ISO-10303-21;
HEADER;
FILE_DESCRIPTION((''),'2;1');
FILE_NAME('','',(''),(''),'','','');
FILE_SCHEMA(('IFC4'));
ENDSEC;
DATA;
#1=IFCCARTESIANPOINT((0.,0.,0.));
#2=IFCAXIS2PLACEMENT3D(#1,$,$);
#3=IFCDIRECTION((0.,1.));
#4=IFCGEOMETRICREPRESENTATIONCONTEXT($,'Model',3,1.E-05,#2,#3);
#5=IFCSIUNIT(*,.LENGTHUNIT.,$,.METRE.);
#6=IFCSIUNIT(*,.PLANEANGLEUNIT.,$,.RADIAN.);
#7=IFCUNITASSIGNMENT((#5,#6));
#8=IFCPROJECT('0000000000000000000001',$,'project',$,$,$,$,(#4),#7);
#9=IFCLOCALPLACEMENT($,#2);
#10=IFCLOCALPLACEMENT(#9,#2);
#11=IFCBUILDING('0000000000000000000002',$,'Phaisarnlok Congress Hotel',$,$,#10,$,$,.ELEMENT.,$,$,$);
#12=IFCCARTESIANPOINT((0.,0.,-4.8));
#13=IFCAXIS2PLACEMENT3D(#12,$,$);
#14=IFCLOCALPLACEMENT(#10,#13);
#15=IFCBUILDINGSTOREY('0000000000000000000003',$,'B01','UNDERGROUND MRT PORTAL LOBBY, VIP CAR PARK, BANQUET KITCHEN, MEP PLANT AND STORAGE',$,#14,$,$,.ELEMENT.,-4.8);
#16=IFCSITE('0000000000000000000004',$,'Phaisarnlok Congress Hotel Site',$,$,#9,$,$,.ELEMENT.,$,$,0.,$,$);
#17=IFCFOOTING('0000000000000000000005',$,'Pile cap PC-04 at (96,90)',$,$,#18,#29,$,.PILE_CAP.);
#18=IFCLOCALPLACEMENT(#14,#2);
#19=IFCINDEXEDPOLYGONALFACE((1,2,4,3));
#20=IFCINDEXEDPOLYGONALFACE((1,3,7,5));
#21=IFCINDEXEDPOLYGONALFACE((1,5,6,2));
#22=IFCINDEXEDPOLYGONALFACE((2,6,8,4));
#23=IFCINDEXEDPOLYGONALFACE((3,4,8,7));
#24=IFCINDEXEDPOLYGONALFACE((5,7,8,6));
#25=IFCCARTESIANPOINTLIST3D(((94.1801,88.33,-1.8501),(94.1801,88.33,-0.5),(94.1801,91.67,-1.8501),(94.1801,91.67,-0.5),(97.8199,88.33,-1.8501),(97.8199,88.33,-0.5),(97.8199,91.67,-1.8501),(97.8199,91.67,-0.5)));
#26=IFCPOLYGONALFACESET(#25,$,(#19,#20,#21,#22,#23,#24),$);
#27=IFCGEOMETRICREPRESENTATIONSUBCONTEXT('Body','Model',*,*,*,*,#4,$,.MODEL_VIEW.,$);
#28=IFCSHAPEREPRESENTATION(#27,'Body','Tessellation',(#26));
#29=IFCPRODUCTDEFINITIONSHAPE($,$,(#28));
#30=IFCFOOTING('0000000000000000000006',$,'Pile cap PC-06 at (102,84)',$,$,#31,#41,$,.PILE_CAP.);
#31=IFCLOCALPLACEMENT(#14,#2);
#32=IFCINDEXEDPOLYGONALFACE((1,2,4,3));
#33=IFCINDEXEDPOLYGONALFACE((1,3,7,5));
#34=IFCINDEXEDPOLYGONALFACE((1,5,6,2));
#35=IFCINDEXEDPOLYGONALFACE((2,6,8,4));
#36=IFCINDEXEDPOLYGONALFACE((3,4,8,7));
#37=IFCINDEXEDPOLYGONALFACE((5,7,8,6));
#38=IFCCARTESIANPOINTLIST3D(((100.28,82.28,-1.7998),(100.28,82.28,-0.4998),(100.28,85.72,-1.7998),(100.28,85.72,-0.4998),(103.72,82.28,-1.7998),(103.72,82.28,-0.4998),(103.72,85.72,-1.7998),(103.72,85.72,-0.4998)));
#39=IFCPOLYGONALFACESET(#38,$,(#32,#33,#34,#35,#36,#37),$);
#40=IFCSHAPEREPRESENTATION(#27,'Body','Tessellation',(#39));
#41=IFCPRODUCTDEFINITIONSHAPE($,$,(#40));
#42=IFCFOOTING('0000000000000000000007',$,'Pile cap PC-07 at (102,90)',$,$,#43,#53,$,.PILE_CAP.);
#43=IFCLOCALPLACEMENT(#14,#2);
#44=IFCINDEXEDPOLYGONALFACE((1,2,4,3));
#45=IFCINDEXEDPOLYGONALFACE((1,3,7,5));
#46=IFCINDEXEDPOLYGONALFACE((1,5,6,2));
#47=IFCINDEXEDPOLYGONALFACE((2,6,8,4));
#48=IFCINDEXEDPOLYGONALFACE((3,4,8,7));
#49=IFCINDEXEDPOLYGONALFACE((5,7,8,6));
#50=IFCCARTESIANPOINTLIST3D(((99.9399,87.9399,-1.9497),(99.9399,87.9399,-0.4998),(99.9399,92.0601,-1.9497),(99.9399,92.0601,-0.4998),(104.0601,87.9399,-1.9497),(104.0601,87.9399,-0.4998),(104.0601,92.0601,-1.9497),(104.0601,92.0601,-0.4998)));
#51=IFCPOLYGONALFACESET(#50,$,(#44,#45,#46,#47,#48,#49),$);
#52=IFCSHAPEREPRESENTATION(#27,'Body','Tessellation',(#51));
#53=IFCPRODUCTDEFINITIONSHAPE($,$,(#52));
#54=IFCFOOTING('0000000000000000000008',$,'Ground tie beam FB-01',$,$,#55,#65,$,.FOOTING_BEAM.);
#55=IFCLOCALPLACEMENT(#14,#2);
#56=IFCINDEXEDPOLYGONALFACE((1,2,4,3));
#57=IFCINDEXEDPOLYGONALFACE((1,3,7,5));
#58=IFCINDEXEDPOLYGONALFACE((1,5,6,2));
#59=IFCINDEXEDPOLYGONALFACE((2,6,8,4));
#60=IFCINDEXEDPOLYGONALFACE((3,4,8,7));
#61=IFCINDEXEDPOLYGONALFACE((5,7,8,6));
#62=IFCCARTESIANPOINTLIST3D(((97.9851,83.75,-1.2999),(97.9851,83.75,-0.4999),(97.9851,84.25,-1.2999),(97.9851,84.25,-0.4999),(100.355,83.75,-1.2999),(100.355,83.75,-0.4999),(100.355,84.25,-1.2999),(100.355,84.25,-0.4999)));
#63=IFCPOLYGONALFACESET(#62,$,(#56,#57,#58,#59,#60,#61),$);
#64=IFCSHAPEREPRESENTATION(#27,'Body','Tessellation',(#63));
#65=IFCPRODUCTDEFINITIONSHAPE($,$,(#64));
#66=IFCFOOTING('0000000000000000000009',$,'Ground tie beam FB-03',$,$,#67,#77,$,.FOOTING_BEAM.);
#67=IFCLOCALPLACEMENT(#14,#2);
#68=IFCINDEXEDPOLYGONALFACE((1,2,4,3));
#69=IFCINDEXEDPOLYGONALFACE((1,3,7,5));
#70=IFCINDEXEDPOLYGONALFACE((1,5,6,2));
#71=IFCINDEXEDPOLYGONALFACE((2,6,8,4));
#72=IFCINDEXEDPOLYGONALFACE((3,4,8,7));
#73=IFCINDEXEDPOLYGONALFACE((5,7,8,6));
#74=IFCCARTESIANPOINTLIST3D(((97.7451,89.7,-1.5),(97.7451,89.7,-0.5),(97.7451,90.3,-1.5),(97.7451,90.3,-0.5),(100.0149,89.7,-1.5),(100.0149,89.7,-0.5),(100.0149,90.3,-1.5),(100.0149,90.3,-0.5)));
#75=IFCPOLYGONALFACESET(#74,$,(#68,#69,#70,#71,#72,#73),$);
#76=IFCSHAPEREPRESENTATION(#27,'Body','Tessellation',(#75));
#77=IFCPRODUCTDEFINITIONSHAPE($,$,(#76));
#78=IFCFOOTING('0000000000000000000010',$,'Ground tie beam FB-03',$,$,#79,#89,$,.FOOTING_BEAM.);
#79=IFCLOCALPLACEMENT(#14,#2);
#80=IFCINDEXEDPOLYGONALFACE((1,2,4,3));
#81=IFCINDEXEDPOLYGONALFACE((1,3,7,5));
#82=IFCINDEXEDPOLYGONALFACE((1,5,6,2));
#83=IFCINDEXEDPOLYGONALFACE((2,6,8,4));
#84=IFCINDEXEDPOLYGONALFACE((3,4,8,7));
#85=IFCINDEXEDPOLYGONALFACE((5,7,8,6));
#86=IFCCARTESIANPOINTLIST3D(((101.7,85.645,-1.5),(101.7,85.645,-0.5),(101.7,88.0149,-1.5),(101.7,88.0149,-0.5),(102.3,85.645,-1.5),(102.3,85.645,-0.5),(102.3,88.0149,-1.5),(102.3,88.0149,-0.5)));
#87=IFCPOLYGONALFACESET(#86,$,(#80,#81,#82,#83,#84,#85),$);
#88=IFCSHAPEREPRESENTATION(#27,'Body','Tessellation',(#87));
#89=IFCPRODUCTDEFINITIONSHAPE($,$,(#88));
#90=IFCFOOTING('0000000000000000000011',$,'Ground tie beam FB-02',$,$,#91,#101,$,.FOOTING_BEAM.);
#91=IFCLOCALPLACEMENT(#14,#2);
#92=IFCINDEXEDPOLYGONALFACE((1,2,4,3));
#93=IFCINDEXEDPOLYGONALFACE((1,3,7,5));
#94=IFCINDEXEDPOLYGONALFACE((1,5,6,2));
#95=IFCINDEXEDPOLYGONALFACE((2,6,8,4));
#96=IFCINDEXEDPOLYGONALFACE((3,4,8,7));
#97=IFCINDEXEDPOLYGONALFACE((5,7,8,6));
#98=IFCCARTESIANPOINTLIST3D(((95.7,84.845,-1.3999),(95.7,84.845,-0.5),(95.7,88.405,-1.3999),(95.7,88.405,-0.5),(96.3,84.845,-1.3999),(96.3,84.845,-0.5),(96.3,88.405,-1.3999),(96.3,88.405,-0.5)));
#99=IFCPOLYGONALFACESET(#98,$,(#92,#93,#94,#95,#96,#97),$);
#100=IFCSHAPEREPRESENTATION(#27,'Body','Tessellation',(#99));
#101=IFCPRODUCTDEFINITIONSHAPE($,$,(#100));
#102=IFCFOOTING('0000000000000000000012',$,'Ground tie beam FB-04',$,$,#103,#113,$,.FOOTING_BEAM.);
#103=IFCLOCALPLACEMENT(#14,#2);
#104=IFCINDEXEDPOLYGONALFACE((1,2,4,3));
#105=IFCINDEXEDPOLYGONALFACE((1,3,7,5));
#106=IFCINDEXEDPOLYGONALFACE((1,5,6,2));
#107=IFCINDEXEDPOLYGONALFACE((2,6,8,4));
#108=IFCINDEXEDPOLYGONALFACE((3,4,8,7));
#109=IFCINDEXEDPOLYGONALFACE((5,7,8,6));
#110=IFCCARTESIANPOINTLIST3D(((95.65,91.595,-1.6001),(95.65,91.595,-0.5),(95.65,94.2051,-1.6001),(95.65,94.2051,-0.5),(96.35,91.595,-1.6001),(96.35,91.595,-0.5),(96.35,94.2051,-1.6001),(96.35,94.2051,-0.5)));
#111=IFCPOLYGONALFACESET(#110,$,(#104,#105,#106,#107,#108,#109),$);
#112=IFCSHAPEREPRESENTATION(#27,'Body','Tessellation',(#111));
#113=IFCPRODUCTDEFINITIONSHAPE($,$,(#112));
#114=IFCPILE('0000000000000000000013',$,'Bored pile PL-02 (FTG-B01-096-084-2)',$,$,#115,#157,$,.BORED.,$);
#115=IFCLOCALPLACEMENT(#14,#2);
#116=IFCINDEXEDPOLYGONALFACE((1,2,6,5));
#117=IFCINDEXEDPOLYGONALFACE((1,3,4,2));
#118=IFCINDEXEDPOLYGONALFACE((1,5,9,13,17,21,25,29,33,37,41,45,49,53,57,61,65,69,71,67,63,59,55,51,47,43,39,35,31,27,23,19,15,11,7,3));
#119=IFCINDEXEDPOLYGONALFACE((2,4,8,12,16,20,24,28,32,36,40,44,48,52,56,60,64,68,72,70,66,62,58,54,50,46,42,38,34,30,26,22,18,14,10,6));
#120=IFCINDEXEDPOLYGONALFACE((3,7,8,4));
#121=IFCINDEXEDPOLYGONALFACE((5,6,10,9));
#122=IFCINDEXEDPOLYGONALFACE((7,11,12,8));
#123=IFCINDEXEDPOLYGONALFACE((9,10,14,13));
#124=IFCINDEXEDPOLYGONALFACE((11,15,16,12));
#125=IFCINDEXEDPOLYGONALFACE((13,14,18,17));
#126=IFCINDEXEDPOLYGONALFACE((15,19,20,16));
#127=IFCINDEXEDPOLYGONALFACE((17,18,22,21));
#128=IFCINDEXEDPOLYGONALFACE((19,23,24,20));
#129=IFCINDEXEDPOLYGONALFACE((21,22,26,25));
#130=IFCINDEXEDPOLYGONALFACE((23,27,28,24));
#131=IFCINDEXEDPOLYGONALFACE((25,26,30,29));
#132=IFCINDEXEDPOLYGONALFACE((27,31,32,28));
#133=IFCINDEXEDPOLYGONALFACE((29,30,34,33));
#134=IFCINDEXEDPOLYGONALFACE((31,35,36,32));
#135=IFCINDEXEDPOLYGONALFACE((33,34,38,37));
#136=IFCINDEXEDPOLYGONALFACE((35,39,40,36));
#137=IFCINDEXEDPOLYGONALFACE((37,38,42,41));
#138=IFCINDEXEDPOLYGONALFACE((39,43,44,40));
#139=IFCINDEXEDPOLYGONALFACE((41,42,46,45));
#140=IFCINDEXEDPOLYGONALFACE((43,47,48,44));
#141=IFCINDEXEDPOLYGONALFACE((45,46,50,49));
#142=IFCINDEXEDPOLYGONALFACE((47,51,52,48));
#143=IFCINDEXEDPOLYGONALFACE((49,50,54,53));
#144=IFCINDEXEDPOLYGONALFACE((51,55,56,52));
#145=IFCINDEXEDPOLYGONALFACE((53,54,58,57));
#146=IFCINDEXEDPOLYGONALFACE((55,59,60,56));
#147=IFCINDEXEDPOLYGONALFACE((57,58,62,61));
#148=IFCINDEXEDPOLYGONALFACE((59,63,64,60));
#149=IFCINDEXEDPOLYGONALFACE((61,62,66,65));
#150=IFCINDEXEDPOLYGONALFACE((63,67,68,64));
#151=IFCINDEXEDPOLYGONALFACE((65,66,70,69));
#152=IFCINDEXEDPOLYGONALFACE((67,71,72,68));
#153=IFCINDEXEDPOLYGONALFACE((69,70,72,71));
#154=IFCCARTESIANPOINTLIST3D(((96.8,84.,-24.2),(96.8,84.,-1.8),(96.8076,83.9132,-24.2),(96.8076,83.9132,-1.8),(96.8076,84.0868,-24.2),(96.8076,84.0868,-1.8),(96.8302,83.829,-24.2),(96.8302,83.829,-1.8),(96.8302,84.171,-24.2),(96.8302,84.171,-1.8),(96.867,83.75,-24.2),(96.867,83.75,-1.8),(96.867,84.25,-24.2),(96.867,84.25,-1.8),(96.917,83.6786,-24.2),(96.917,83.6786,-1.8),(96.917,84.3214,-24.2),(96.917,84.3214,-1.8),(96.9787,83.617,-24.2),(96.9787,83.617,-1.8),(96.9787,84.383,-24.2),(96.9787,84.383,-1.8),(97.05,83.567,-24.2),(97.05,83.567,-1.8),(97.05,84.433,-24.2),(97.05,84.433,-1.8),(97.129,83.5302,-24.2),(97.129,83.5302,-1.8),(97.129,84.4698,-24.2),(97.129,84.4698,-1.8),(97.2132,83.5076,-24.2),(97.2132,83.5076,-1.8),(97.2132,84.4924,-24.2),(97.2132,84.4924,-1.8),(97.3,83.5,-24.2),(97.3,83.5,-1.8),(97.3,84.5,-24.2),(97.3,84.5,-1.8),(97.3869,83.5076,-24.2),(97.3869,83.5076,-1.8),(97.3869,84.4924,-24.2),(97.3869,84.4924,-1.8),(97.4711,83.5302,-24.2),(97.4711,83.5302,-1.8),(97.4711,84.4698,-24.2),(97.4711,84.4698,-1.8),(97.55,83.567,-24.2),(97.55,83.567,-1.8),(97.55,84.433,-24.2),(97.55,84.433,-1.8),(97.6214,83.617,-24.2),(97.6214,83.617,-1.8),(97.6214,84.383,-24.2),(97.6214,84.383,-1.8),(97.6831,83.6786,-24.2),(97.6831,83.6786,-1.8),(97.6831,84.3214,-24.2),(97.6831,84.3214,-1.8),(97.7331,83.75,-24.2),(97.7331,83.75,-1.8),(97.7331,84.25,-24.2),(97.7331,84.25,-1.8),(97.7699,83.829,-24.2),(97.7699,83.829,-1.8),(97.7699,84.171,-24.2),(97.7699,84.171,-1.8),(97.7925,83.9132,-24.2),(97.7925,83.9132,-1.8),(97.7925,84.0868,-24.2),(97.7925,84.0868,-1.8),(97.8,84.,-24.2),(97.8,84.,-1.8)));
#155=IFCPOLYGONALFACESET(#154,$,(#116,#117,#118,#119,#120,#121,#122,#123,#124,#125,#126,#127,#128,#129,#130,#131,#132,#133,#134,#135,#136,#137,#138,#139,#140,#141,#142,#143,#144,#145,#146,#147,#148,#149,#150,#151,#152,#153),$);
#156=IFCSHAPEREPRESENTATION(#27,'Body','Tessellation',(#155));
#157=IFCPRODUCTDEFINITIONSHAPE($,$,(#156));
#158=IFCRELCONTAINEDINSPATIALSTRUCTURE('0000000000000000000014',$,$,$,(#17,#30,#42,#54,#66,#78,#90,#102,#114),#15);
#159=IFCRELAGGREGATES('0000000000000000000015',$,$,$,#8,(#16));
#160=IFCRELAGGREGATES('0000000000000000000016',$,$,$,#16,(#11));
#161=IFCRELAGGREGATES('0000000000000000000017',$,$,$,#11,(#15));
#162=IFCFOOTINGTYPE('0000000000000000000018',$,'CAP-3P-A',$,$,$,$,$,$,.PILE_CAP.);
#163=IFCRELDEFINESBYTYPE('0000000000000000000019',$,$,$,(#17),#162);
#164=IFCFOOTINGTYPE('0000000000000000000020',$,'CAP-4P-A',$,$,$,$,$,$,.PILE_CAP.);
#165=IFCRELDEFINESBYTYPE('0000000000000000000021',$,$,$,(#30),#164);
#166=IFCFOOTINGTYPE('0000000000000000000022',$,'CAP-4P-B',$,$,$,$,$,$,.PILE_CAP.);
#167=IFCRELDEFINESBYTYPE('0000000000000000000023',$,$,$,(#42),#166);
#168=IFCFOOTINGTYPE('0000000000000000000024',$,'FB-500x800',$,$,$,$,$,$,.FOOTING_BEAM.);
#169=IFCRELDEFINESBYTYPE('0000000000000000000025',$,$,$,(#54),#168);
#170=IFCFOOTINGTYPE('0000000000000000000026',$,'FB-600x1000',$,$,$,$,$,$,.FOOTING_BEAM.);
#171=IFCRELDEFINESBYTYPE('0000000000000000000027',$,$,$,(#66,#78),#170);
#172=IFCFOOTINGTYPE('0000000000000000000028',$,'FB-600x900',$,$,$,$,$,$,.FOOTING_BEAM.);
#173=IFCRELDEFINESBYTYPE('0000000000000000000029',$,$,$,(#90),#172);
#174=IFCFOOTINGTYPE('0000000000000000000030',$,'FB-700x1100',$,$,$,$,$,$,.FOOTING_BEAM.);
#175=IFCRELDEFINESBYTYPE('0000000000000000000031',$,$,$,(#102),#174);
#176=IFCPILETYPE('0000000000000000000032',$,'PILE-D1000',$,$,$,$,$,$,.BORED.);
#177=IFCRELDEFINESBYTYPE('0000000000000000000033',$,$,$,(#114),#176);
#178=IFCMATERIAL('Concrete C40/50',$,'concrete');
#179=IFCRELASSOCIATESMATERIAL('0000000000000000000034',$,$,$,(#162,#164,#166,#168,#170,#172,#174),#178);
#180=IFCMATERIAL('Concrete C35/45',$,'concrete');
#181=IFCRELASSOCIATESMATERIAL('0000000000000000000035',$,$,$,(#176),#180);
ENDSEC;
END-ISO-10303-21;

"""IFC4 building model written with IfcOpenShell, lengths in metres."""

from ifc_helpers import new_model, si_unit, direction, frame, origin, origin_2d, place, context, subcontext, project, spatial, rectangle, circle, extrude, material, material_profile, profile_set, type_object, element, save


model = new_model("IFC4")

# Units and contexts
model_context = context("Model", 3, precision=1e-05, world=origin(), true_north=direction((0.0, 1.0)))
body_context = subcontext(model_context, "Body", "Model", "MODEL_VIEW")
ifc_project = project(units=[si_unit("LENGTHUNIT", "METRE"), si_unit("PLANEANGLEUNIT", "RADIAN")], contexts=[model_context])

# Site, building, storey
site_placement = place(None, origin())
site = spatial("IfcSite", under=ifc_project, at=site_placement, Name="Phaisarnlok Congress Hotel Site", CompositionType="ELEMENT", RefElevation=0.0)
building_placement = place(site_placement, origin())
building = spatial("IfcBuilding", under=site, at=building_placement, Name="Phaisarnlok Congress Hotel", CompositionType="ELEMENT")
storey_placement = place(building_placement, frame((0.0, 0.0, -4.8)))
storey = spatial("IfcBuildingStorey", under=building, at=storey_placement, Name="B01", Description="UNDERGROUND MRT PORTAL LOBBY, VIP CAR PARK, BANQUET KITCHEN, MEP PLANT AND STORAGE", CompositionType="ELEMENT", Elevation=-4.8)

# Footings
ifc_material_1 = material(Name="Concrete C40/50", Category="concrete")
footing_type_1 = type_object("IfcFootingType", Name="CAP-3P-A", PredefinedType="PILE_CAP", material=ifc_material_1)
footing_1_placement = place(storey_placement, frame((96.0, 90.0, -1.8501), z_axis=(0.0, 0.0, 1.0), x_axis=(1.0, 0.0, 0.0)))
element("IfcFooting", 1, at=footing_1_placement, inside=storey, type_object=footing_type_1, Name="Pile cap PC-04 at (96,90)", PredefinedType="PILE_CAP", context=body_context, shape_type="SweptSolid", body=[
    extrude(rectangle(XDim=3.6399, YDim=3.3401, at=origin_2d()), origin(), (0.0, 0.0, 1.0), 1.3501),
])
footing_type_2 = type_object("IfcFootingType", Name="CAP-4P-A", PredefinedType="PILE_CAP", material=ifc_material_1)
footing_2_placement = place(storey_placement, frame((102.0, 84.0, -1.7998), z_axis=(0.0, 0.0, 1.0), x_axis=(1.0, 0.0, 0.0)))
element("IfcFooting", 2, at=footing_2_placement, inside=storey, type_object=footing_type_2, Name="Pile cap PC-06 at (102,84)", PredefinedType="PILE_CAP", context=body_context, shape_type="SweptSolid", body=[
    extrude(rectangle(XDim=3.4399, YDim=3.4399, at=origin_2d()), origin(), (0.0, 0.0, 1.0), 1.3),
])
footing_type_3 = type_object("IfcFootingType", Name="CAP-4P-B", PredefinedType="PILE_CAP", material=ifc_material_1)
footing_3_placement = place(storey_placement, frame((102.0, 90.0, -1.9497), z_axis=(0.0, 0.0, 1.0), x_axis=(1.0, 0.0, 0.0)))
element("IfcFooting", 3, at=footing_3_placement, inside=storey, type_object=footing_type_3, Name="Pile cap PC-07 at (102,90)", PredefinedType="PILE_CAP", context=body_context, shape_type="SweptSolid", body=[
    extrude(rectangle(XDim=4.1201, YDim=4.1201, at=origin_2d()), origin(), (0.0, 0.0, 1.0), 1.45),
])
ifc_material_profile_1 = material_profile(ifc_material_1, rectangle(XDim=0.5, YDim=0.8, at=origin_2d()), Name="FB-500x800")
ifc_profile_set_1 = profile_set([ifc_material_profile_1], Name="Concrete C40/50")
footing_type_4 = type_object("IfcFootingType", Name="FB-500x800", PredefinedType="FOOTING_BEAM", material=ifc_profile_set_1)
footing_4_placement = place(storey_placement, frame((97.9851, 84.0, -0.8999), z_axis=(1.0, 0.0, 0.0), x_axis=(0.0, 1.0, 0.0)))
element("IfcFooting", 4, at=footing_4_placement, inside=storey, type_object=footing_type_4, Name="Ground tie beam FB-01", PredefinedType="FOOTING_BEAM", context=body_context, shape_type="SweptSolid", body=[
    extrude(rectangle(XDim=0.5, YDim=0.8, at=origin_2d()), origin(), (0.0, 0.0, 1.0), 2.3699),
])
ifc_material_profile_2 = material_profile(ifc_material_1, rectangle(XDim=0.6001, YDim=1.0, at=origin_2d()), Name="FB-600x1000")
ifc_profile_set_2 = profile_set([ifc_material_profile_2], Name="Concrete C40/50")
footing_type_5 = type_object("IfcFootingType", Name="FB-600x1000", PredefinedType="FOOTING_BEAM", material=ifc_profile_set_2)
footing_5_placement = place(storey_placement, frame((97.7451, 90.0, -1.0), z_axis=(1.0, 0.0, 0.0), x_axis=(0.0, 1.0, 0.0)))
element("IfcFooting", 5, at=footing_5_placement, inside=storey, type_object=footing_type_5, Name="Ground tie beam FB-03", PredefinedType="FOOTING_BEAM", context=body_context, shape_type="SweptSolid", body=[
    extrude(rectangle(XDim=0.6001, YDim=1.0, at=origin_2d()), origin(), (0.0, 0.0, 1.0), 2.2698),
])
footing_6_placement = place(storey_placement, frame((102.0, 85.645, -1.0), z_axis=(0.0, 1.0, 0.0), x_axis=(-1.0, 0.0, 0.0)))
element("IfcFooting", 6, at=footing_6_placement, inside=storey, type_object=footing_type_5, Name="Ground tie beam FB-03", PredefinedType="FOOTING_BEAM", context=body_context, shape_type="SweptSolid", body=[
    extrude(rectangle(XDim=0.6001, YDim=1.0, at=origin_2d()), origin(), (0.0, 0.0, 1.0), 2.3699),
])
ifc_material_profile_3 = material_profile(ifc_material_1, rectangle(XDim=0.6001, YDim=0.8999, at=origin_2d()), Name="FB-600x900")
ifc_profile_set_3 = profile_set([ifc_material_profile_3], Name="Concrete C40/50")
footing_type_6 = type_object("IfcFootingType", Name="FB-600x900", PredefinedType="FOOTING_BEAM", material=ifc_profile_set_3)
footing_7_placement = place(storey_placement, frame((96.0, 84.845, -0.95), z_axis=(0.0, 1.0, 0.0), x_axis=(-1.0, 0.0, 0.0)))
element("IfcFooting", 7, at=footing_7_placement, inside=storey, type_object=footing_type_6, Name="Ground tie beam FB-02", PredefinedType="FOOTING_BEAM", context=body_context, shape_type="SweptSolid", body=[
    extrude(rectangle(XDim=0.6001, YDim=0.8999, at=origin_2d()), origin(), (0.0, 0.0, 1.0), 3.5601),
])
ifc_material_profile_4 = material_profile(ifc_material_1, rectangle(XDim=0.7, YDim=1.1001, at=origin_2d()), Name="FB-700x1100")
ifc_profile_set_4 = profile_set([ifc_material_profile_4], Name="Concrete C40/50")
footing_type_7 = type_object("IfcFootingType", Name="FB-700x1100", PredefinedType="FOOTING_BEAM", material=ifc_profile_set_4)
footing_8_placement = place(storey_placement, frame((96.0, 91.595, -1.05), z_axis=(0.0, 1.0, 0.0), x_axis=(-1.0, 0.0, 0.0)))
element("IfcFooting", 8, at=footing_8_placement, inside=storey, type_object=footing_type_7, Name="Ground tie beam FB-04", PredefinedType="FOOTING_BEAM", context=body_context, shape_type="SweptSolid", body=[
    extrude(rectangle(XDim=0.7, YDim=1.1001, at=origin_2d()), origin(), (0.0, 0.0, 1.0), 2.6101),
])

# Pile
ifc_material_2 = material(Name="Concrete C35/45", Category="concrete")
ifc_material_profile_5 = material_profile(ifc_material_2, circle(Radius=0.5, at=origin_2d()), Name="BORED PILE D1000")
ifc_profile_set_5 = profile_set([ifc_material_profile_5], Name="Concrete C35/45")
pile_type_1 = type_object("IfcPileType", Name="PILE-D1000", PredefinedType="BORED", material=ifc_profile_set_5)
pile_placement = place(storey_placement, frame((97.3, 84.0, -1.8), z_axis=(0.0, 0.0, -1.0), x_axis=(1.0, 0.0, 0.0)))
element("IfcPile", 9, at=pile_placement, inside=storey, type_object=pile_type_1, Name="Bored pile PL-02 (FTG-B01-096-084-2)", PredefinedType="BORED", context=body_context, shape_type="SweptSolid", body=[
    extrude(circle(Radius=0.5, at=origin_2d()), origin(), (0.0, 0.0, 1.0), 22.3999),
])

save(model, "model.ifc")
